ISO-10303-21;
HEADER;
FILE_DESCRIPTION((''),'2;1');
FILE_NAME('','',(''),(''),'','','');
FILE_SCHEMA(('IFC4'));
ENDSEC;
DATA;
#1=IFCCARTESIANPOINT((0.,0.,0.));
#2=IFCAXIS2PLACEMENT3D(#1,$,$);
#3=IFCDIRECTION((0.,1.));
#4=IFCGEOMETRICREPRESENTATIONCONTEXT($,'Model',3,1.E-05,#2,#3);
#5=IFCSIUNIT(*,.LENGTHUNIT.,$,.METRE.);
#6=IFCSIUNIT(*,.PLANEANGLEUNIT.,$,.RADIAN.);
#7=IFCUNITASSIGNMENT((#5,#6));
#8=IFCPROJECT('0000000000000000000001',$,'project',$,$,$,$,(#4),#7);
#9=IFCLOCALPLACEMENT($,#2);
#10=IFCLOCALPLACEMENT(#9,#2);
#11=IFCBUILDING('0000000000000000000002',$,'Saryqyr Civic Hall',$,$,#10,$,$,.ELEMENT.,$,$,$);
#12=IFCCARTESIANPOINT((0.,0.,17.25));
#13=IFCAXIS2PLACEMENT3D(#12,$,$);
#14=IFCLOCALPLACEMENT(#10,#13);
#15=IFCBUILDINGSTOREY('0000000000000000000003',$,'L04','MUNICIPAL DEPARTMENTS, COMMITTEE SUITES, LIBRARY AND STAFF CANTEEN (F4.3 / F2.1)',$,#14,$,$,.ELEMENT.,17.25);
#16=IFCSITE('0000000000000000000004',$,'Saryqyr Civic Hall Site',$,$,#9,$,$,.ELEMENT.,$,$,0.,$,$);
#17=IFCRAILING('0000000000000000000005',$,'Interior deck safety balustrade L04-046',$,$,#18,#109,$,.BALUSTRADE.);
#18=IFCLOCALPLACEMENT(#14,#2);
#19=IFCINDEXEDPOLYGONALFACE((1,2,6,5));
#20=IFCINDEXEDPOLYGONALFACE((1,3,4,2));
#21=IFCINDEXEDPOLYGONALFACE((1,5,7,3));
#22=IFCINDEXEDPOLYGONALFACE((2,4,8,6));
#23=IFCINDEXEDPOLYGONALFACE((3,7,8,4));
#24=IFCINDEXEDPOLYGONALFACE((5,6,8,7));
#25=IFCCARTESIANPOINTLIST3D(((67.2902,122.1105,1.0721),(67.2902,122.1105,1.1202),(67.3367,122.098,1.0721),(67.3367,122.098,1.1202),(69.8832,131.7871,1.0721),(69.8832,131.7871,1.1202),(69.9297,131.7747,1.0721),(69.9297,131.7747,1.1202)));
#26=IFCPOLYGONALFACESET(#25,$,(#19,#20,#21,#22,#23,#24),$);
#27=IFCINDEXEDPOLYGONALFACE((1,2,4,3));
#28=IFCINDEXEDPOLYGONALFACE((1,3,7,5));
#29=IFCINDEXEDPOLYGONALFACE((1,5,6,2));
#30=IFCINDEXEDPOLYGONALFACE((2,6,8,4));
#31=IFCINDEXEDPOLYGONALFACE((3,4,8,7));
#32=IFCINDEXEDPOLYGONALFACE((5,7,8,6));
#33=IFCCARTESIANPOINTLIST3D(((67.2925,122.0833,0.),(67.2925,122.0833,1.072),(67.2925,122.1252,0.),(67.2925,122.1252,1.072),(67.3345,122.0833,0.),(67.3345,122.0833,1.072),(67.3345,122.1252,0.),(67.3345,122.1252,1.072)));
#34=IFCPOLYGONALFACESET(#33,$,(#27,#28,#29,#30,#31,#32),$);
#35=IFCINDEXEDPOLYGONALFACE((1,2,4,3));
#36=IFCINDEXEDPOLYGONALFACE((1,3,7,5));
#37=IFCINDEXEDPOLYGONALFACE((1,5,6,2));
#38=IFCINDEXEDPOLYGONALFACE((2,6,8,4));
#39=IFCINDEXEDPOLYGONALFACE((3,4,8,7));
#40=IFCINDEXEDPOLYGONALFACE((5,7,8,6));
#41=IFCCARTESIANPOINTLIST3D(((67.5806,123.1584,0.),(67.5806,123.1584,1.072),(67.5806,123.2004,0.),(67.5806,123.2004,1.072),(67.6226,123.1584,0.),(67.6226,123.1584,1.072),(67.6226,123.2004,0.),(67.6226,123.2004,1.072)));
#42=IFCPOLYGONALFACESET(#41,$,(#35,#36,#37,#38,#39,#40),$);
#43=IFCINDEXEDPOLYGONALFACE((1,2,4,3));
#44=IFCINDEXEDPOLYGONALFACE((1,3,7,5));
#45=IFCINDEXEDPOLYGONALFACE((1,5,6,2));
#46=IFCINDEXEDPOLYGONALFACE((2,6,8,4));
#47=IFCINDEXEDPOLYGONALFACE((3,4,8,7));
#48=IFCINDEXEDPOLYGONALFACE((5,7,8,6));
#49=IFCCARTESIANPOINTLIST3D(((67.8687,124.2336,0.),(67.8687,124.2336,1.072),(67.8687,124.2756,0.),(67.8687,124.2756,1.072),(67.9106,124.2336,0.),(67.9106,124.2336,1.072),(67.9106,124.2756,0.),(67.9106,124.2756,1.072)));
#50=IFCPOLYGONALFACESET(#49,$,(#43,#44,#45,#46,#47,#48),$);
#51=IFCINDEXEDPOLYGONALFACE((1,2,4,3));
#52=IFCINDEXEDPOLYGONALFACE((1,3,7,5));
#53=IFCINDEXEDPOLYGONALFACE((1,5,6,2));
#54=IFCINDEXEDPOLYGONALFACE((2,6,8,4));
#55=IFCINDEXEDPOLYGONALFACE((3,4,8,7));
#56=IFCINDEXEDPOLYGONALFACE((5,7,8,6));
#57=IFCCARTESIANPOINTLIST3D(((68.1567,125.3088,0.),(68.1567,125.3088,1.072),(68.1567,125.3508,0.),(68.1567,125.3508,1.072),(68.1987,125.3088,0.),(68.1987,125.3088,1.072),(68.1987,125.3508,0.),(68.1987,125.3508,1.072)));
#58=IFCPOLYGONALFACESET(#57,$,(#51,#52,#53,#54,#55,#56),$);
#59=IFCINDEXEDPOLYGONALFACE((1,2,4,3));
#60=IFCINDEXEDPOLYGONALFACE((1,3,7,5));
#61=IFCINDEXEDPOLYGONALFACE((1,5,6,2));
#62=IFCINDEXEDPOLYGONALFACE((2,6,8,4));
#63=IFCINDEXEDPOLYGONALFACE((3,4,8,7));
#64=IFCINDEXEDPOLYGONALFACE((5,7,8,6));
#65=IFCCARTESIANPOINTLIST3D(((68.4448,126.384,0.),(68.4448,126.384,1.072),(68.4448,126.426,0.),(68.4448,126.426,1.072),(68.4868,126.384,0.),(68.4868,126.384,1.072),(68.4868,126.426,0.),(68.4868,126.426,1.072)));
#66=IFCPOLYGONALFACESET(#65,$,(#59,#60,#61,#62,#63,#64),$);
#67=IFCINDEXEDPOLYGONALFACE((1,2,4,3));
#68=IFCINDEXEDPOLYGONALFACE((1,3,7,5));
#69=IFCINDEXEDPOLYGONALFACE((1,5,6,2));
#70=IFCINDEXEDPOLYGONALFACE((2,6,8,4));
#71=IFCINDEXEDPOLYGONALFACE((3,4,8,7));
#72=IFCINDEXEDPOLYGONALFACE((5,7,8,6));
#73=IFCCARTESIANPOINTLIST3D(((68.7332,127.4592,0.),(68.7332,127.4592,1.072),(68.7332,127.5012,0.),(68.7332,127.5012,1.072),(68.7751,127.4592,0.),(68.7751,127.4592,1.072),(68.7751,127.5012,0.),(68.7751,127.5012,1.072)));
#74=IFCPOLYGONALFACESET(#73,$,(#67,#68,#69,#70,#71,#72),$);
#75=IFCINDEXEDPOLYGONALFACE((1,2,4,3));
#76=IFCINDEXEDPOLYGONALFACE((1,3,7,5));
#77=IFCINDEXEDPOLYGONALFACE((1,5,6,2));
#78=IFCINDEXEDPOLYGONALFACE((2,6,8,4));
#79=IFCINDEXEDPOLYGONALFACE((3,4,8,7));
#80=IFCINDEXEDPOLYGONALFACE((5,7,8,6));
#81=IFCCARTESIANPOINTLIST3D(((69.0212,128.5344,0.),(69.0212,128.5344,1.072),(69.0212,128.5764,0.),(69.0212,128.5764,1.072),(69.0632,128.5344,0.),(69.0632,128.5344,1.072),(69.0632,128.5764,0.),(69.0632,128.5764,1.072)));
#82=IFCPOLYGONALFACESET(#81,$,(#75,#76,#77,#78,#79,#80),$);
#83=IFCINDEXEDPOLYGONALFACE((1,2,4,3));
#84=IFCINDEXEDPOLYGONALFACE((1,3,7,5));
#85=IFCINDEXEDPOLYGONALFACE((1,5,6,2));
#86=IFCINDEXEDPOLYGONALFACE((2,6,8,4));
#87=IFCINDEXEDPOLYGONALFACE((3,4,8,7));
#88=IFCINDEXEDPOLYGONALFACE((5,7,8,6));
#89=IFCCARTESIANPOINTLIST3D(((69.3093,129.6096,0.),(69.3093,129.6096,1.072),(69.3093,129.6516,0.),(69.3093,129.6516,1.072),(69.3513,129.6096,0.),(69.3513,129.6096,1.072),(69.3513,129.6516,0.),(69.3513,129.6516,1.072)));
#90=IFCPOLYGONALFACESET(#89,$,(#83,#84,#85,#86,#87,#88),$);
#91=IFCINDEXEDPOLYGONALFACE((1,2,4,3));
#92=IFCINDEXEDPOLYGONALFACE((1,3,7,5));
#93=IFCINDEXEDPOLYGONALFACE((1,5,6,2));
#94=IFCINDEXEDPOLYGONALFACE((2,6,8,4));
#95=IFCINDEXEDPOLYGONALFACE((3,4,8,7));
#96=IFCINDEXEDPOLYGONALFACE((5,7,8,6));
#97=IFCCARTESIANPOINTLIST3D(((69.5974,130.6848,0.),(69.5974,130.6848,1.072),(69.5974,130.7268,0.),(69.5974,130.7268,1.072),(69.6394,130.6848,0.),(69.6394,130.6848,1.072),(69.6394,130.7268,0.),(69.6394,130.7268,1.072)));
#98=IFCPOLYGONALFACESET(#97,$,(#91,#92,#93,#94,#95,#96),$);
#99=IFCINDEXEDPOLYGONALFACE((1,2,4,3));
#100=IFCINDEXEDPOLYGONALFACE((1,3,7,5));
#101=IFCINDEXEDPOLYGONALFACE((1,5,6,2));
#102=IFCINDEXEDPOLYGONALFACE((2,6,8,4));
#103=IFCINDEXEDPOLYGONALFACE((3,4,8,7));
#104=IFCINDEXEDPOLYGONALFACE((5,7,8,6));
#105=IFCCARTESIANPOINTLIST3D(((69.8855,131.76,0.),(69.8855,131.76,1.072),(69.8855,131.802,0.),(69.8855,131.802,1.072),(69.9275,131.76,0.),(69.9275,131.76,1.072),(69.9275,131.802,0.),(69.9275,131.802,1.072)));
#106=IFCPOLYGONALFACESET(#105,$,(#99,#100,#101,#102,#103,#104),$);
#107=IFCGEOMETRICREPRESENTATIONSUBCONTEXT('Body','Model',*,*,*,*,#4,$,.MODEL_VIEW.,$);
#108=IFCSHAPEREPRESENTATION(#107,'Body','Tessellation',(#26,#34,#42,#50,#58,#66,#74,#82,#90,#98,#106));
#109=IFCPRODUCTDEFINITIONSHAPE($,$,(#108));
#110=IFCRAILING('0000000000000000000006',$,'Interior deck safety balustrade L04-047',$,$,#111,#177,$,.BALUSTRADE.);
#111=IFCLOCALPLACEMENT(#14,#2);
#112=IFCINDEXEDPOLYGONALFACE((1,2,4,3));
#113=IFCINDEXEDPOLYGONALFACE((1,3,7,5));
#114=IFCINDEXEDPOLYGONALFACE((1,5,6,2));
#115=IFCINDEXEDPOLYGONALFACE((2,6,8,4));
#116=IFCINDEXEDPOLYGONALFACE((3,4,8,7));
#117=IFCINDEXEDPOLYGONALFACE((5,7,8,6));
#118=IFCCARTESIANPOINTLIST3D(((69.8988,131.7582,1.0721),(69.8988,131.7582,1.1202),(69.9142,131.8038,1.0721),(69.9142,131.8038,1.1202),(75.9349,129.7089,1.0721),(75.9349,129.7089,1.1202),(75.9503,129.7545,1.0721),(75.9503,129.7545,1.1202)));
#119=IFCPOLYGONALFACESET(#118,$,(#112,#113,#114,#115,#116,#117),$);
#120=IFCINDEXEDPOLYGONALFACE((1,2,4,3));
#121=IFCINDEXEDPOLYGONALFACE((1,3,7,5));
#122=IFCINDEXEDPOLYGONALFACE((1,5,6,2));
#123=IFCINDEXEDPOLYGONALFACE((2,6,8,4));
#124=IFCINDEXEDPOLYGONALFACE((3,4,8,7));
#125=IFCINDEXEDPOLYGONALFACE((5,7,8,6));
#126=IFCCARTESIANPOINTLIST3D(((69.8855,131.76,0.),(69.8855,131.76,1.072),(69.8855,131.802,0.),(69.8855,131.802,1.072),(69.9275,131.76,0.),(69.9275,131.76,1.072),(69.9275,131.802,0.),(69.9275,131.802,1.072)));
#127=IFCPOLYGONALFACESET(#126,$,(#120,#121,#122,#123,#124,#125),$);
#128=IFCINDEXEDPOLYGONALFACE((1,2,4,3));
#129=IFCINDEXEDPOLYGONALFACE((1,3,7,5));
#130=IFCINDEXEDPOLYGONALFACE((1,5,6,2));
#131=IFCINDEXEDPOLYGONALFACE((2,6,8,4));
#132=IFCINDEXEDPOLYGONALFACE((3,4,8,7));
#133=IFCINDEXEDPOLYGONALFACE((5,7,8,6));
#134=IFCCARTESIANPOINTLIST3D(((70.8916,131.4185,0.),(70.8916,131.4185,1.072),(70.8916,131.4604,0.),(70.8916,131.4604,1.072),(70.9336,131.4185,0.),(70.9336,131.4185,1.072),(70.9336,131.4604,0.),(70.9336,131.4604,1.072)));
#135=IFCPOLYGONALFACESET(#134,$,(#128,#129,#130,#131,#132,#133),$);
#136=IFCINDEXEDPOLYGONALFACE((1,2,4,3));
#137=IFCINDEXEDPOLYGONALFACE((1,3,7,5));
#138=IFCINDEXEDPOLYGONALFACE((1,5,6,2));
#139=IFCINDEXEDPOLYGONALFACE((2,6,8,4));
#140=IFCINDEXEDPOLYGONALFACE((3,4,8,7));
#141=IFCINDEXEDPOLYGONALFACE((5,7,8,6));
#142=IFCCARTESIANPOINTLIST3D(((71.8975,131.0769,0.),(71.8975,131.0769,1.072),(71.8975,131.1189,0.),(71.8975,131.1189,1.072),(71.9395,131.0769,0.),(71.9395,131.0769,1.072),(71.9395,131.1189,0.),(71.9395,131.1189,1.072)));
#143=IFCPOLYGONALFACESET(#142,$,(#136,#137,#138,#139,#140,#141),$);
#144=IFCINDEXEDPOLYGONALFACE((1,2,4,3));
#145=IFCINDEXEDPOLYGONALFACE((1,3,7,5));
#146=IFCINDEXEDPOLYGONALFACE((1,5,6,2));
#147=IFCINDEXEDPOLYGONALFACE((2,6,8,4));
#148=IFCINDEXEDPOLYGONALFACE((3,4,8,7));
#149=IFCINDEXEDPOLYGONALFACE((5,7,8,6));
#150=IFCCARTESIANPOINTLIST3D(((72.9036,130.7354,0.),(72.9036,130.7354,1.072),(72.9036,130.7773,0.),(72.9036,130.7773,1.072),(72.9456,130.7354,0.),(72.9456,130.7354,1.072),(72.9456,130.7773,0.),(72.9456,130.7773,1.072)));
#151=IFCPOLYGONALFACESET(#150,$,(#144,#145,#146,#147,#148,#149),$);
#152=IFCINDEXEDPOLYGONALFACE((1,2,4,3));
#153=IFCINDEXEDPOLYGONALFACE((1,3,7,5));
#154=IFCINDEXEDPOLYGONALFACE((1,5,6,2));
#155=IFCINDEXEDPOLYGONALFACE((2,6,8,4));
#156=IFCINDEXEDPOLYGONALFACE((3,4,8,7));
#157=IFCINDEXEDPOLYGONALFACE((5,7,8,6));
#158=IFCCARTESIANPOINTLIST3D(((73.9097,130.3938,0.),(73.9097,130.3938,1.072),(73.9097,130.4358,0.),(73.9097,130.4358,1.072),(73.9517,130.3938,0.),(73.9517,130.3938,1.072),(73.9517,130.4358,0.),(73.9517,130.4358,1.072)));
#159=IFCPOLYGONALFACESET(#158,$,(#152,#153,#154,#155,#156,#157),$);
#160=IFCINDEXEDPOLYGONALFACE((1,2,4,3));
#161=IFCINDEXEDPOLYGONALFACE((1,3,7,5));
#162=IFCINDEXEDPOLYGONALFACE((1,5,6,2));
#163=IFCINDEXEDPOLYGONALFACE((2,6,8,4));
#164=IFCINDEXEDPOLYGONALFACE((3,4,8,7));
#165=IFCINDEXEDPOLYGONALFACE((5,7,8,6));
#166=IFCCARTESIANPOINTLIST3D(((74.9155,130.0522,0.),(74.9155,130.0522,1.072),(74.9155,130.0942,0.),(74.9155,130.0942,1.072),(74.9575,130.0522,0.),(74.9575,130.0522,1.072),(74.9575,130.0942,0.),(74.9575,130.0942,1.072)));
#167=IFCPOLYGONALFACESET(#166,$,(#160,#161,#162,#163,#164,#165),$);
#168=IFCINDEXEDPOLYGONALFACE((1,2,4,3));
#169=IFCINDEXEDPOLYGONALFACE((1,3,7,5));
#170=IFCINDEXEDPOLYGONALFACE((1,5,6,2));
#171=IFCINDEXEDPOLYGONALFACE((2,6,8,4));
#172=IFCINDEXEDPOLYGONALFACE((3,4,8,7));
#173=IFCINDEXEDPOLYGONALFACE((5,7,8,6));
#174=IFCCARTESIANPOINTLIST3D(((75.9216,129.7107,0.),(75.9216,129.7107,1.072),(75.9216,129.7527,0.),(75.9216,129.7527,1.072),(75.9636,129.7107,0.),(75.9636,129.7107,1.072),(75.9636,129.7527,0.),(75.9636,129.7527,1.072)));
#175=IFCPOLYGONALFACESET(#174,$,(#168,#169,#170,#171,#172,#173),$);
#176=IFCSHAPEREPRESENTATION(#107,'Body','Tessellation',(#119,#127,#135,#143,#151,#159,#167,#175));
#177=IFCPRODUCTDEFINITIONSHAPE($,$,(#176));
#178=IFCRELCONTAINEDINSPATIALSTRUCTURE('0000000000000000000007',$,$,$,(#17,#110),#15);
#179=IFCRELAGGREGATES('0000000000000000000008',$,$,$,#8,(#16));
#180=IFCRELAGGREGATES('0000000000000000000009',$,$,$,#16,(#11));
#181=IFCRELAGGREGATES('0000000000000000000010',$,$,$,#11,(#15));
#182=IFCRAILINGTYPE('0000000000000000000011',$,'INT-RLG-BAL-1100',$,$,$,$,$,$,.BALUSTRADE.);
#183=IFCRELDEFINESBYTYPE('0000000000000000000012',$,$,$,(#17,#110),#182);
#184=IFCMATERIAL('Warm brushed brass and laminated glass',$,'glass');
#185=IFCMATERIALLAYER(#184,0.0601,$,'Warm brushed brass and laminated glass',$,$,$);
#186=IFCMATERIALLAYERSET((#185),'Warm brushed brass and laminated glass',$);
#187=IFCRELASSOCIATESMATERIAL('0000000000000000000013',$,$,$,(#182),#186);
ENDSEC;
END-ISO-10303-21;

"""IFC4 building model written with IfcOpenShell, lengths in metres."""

from ifc_helpers import new_model, si_unit, direction, frame, origin, origin_2d, place, context, subcontext, project, spatial, rectangle, extrude, material, layer, layer_set, type_object, element, save


model = new_model("IFC4")

# Units and contexts
model_context = context("Model", 3, precision=1e-05, world=origin(), true_north=direction((0.0, 1.0)))
body_context = subcontext(model_context, "Body", "Model", "MODEL_VIEW")
ifc_project = project(units=[si_unit("LENGTHUNIT", "METRE"), si_unit("PLANEANGLEUNIT", "RADIAN")], contexts=[model_context])

# Site, building, storey
site_placement = place(None, origin())
site = spatial("IfcSite", under=ifc_project, at=site_placement, Name="Saryqyr Civic Hall Site", CompositionType="ELEMENT", RefElevation=0.0)
building_placement = place(site_placement, origin())
building = spatial("IfcBuilding", under=site, at=building_placement, Name="Saryqyr Civic Hall", CompositionType="ELEMENT")
storey_placement = place(building_placement, frame((0.0, 0.0, 17.25)))
storey = spatial("IfcBuildingStorey", under=building, at=storey_placement, Name="L04", Description="MUNICIPAL DEPARTMENTS, COMMITTEE SUITES, LIBRARY AND STAFF CANTEEN (F4.3 / F2.1)", CompositionType="ELEMENT", Elevation=17.25)

# Railings
ifc_material_1 = material(Name="Warm brushed brass and laminated glass", Category="glass")
ifc_layer_1 = layer(ifc_material_1, 0.0601, Name="Warm brushed brass and laminated glass")
ifc_layer_set_1 = layer_set([ifc_layer_1], Name="Warm brushed brass and laminated glass")
railing_type = type_object("IfcRailingType", Name="INT-RLG-BAL-1100", PredefinedType="BALUSTRADE", material=ifc_layer_set_1)
railing_1_placement = place(storey_placement, frame((67.3135, 122.1042, 0.0)))
element("IfcRailing", 1, at=railing_1_placement, inside=storey, type_object=railing_type, Name="Interior deck safety balustrade L04-046", PredefinedType="BALUSTRADE", context=body_context, shape_type="SweptSolid", body=[
    extrude(rectangle(XDim=0.0481, YDim=0.0481, at=origin_2d()), frame((0.0, 0.0, 1.0962), z_axis=(0.258832, 0.965922, 0.0), x_axis=(-0.965922, 0.258832, 0.0)), (0.0, 0.0, 1.0), 10.0181),
    extrude(rectangle(XDim=0.042, YDim=0.042, at=origin_2d()), origin(), (0.0, 0.0, 1.0), 1.072),
    extrude(rectangle(XDim=0.042, YDim=0.042, at=origin_2d()), frame((0.2881, 1.0752, 0.0)), (0.0, 0.0, 1.0), 1.072),
    extrude(rectangle(XDim=0.042, YDim=0.042, at=origin_2d()), frame((0.5762, 2.1504, 0.0)), (0.0, 0.0, 1.0), 1.072),
    extrude(rectangle(XDim=0.042, YDim=0.042, at=origin_2d()), frame((0.8643, 3.2256, 0.0)), (0.0, 0.0, 1.0), 1.072),
    extrude(rectangle(XDim=0.042, YDim=0.042, at=origin_2d()), frame((1.1523, 4.3008, 0.0)), (0.0, 0.0, 1.0), 1.072),
    extrude(rectangle(XDim=0.042, YDim=0.042, at=origin_2d()), frame((1.4407, 5.376, 0.0)), (0.0, 0.0, 1.0), 1.072),
    extrude(rectangle(XDim=0.042, YDim=0.042, at=origin_2d()), frame((1.7288, 6.4512, 0.0)), (0.0, 0.0, 1.0), 1.072),
    extrude(rectangle(XDim=0.042, YDim=0.042, at=origin_2d()), frame((2.0168, 7.5264, 0.0)), (0.0, 0.0, 1.0), 1.072),
    extrude(rectangle(XDim=0.042, YDim=0.042, at=origin_2d()), frame((2.3049, 8.6016, 0.0)), (0.0, 0.0, 1.0), 1.072),
    extrude(rectangle(XDim=0.042, YDim=0.042, at=origin_2d()), frame((2.593, 9.6768, 0.0)), (0.0, 0.0, 1.0), 1.072),
])
railing_2_placement = place(storey_placement, frame((69.9065, 131.781, 0.0)))
element("IfcRailing", 2, at=railing_2_placement, inside=storey, type_object=railing_type, Name="Interior deck safety balustrade L04-047", PredefinedType="BALUSTRADE", context=body_context, shape_type="SweptSolid", body=[
    extrude(rectangle(XDim=0.0481, YDim=0.0481, at=origin_2d()), frame((0.0, 0.0, 1.0962), z_axis=(0.946915, -0.321485, 0.0), x_axis=(0.321485, 0.946915, 0.0)), (0.0, 0.0, 1.0), 6.3745),
    extrude(rectangle(XDim=0.042, YDim=0.042, at=origin_2d()), origin(), (0.0, 0.0, 1.0), 1.072),
    extrude(rectangle(XDim=0.042, YDim=0.042, at=origin_2d()), frame((1.0061, -0.3416, 0.0)), (0.0, 0.0, 1.0), 1.072),
    extrude(rectangle(XDim=0.042, YDim=0.042, at=origin_2d()), frame((2.012, -0.6831, 0.0)), (0.0, 0.0, 1.0), 1.072),
    extrude(rectangle(XDim=0.042, YDim=0.042, at=origin_2d()), frame((3.0181, -1.0247, 0.0)), (0.0, 0.0, 1.0), 1.072),
    extrude(rectangle(XDim=0.042, YDim=0.042, at=origin_2d()), frame((4.0242, -1.3662, 0.0)), (0.0, 0.0, 1.0), 1.072),
    extrude(rectangle(XDim=0.042, YDim=0.042, at=origin_2d()), frame((5.03, -1.7078, 0.0)), (0.0, 0.0, 1.0), 1.072),
    extrude(rectangle(XDim=0.042, YDim=0.042, at=origin_2d()), frame((6.0361, -2.0493, 0.0)), (0.0, 0.0, 1.0), 1.072),
])

save(model, "model.ifc")
